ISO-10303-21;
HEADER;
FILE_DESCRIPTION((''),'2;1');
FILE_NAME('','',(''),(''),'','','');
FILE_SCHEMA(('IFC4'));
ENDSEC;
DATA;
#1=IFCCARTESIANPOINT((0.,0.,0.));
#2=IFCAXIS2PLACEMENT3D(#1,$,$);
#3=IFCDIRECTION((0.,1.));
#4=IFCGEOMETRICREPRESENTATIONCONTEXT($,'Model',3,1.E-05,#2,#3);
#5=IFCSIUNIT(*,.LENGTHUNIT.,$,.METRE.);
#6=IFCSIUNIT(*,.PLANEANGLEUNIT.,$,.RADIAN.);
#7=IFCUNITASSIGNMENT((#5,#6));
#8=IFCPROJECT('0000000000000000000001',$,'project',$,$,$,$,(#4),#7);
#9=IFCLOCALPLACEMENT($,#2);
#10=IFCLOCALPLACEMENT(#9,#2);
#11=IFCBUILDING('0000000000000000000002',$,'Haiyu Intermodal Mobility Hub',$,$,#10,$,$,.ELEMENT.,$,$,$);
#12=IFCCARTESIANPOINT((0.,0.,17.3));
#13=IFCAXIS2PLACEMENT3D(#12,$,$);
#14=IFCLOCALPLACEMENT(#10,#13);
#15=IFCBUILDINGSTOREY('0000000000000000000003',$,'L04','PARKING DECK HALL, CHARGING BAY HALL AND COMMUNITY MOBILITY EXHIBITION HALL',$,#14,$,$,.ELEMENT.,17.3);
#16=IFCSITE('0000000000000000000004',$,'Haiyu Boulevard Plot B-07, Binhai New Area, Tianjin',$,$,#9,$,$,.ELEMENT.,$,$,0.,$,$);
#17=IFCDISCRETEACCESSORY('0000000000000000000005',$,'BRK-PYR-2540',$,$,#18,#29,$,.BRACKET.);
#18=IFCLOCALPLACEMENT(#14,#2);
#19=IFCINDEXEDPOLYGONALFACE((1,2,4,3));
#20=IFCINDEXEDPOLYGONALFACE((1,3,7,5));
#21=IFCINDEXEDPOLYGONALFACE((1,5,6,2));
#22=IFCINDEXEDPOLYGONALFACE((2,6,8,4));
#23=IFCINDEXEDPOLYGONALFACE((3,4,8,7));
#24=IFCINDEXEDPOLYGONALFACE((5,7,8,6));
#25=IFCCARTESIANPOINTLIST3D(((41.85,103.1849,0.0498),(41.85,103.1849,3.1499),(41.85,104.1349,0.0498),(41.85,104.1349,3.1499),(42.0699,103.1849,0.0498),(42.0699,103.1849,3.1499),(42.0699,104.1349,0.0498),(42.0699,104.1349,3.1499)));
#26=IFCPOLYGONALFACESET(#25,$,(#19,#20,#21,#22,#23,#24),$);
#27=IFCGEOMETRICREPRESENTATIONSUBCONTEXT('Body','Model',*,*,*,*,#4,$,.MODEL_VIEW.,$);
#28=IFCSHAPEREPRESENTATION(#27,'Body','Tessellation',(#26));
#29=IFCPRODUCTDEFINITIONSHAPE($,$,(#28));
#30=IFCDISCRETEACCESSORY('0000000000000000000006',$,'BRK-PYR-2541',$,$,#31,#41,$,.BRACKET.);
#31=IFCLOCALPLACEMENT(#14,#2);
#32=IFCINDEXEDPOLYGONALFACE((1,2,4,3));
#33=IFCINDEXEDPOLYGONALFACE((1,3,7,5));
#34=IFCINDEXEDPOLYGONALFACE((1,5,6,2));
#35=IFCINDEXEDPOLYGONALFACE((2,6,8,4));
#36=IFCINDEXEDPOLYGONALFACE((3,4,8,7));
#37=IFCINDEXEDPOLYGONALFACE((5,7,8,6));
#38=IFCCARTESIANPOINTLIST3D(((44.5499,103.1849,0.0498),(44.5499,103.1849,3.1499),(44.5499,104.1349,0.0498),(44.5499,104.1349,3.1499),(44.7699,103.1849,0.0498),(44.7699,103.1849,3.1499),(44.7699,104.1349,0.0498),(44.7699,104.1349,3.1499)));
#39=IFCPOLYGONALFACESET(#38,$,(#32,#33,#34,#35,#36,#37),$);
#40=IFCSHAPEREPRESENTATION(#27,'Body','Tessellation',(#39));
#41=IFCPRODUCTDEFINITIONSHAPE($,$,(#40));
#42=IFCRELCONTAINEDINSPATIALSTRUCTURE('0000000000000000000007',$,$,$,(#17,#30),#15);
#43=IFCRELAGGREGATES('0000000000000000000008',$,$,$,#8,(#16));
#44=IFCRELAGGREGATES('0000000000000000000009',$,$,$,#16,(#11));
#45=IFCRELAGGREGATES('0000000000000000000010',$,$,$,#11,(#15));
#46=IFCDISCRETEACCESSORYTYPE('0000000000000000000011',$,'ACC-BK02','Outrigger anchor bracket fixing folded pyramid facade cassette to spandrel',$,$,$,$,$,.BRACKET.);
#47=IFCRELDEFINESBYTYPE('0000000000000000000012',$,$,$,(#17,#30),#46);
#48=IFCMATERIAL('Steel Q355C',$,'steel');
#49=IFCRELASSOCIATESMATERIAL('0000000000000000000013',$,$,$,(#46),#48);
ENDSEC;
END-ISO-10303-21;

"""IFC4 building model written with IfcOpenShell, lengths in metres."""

from ifc_helpers import new_model, si_unit, direction, frame, origin, origin_2d, place, context, subcontext, project, spatial, rectangle, extrude, material, type_object, element, save


model = new_model("IFC4")

# Units and contexts
model_context = context("Model", 3, precision=1e-05, world=origin(), true_north=direction((0.0, 1.0)))
body_context = subcontext(model_context, "Body", "Model", "MODEL_VIEW")
ifc_project = project(units=[si_unit("LENGTHUNIT", "METRE"), si_unit("PLANEANGLEUNIT", "RADIAN")], contexts=[model_context])

# Site, building, storey
site_placement = place(None, origin())
site = spatial("IfcSite", under=ifc_project, at=site_placement, Name="Haiyu Boulevard Plot B-07, Binhai New Area, Tianjin", CompositionType="ELEMENT", RefElevation=0.0)
building_placement = place(site_placement, origin())
building = spatial("IfcBuilding", under=site, at=building_placement, Name="Haiyu Intermodal Mobility Hub", CompositionType="ELEMENT")
storey_placement = place(building_placement, frame((0.0, 0.0, 17.3)))
storey = spatial("IfcBuildingStorey", under=building, at=storey_placement, Name="L04", Description="PARKING DECK HALL, CHARGING BAY HALL AND COMMUNITY MOBILITY EXHIBITION HALL", CompositionType="ELEMENT", Elevation=17.3)

# Discrete accessories
ifc_material_1 = material(Name="Steel Q355C", Category="steel")
discrete_accessory_type = type_object("IfcDiscreteAccessoryType", Name="ACC-BK02", Description="Outrigger anchor bracket fixing folded pyramid facade cassette to spandrel", PredefinedType="BRACKET", material=ifc_material_1)
for number, where, z_axis, x_axis, name in (
    (1, (41.96, 103.6599, 0.0498), (0.0, 0.0, 1.0), (1.0, 0.0, 0.0), "BRK-PYR-2540"),
    (2, (44.6599, 103.6599, 0.0498), (0.0, 0.0, 1.0), (1.0, 0.0, 0.0), "BRK-PYR-2541"),
):
    element("IfcDiscreteAccessory", number, at=place(storey_placement, frame(where, z_axis=z_axis, x_axis=x_axis)), inside=storey, type_object=discrete_accessory_type, Name=name, PredefinedType="BRACKET", context=body_context, shape_type="SweptSolid", body=[
        extrude(rectangle(XDim=0.22, YDim=0.95, at=origin_2d()), origin(), (0.0, 0.0, 1.0), 3.1001),
    ])

save(model, "model.ifc")
